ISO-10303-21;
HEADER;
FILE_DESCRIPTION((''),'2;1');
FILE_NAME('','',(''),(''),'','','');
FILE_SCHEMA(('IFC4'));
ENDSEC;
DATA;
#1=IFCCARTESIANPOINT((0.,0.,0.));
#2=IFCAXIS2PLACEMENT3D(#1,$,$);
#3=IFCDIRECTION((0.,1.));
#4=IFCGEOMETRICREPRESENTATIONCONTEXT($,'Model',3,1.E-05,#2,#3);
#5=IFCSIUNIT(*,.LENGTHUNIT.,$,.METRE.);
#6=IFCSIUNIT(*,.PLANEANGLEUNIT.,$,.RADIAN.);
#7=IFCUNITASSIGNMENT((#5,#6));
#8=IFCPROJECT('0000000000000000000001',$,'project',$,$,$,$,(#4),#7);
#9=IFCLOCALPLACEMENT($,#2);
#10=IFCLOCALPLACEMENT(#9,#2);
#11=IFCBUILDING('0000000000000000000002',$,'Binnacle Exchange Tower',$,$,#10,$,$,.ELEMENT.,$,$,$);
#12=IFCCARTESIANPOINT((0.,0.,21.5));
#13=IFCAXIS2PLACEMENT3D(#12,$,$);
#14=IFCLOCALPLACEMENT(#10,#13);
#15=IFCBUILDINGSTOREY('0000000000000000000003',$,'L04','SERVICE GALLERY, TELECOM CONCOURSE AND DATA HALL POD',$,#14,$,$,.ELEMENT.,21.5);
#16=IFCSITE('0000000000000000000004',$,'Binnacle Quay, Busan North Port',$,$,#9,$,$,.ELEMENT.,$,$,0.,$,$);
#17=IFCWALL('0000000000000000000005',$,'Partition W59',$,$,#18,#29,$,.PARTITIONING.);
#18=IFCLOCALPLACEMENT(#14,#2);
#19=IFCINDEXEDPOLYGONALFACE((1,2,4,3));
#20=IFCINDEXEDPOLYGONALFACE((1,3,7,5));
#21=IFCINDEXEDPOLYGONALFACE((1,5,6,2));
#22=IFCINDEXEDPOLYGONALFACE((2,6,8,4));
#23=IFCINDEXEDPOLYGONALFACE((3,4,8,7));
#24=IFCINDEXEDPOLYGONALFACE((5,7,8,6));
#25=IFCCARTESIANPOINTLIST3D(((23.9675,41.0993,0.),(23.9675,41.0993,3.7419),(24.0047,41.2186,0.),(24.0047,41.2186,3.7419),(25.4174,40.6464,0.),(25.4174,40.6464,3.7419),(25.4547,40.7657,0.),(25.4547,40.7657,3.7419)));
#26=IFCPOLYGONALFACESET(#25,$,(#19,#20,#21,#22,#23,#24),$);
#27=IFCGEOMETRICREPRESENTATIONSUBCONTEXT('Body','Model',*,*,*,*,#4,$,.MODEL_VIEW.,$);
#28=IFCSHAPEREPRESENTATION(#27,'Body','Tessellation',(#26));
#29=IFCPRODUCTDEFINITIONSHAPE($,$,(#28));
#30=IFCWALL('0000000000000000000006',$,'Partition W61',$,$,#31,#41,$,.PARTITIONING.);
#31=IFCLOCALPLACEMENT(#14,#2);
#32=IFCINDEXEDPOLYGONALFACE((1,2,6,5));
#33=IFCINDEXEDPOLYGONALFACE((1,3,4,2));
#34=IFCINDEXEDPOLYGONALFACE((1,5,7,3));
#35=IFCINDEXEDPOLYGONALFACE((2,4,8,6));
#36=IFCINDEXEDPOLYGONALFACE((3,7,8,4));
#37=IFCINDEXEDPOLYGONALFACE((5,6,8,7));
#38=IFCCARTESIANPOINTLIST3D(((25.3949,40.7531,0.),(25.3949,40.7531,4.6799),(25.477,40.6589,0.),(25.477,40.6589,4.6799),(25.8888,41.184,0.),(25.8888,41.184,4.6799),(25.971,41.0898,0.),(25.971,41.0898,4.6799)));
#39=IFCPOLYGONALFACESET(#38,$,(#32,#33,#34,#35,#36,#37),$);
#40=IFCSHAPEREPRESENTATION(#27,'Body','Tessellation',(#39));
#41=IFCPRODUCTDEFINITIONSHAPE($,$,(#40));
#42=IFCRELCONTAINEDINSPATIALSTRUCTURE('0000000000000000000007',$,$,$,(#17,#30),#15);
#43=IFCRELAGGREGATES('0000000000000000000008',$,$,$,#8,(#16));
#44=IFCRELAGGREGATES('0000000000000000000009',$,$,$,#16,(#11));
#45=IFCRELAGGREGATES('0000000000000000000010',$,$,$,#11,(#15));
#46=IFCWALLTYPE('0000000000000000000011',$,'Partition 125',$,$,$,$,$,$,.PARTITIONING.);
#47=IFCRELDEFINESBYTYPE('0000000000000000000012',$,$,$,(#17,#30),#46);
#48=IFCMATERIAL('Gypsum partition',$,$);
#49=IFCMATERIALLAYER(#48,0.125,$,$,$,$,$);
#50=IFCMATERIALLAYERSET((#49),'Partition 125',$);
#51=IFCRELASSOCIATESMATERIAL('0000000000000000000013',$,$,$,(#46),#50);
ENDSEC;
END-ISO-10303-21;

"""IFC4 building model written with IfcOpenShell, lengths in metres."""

from ifc_helpers import new_model, si_unit, direction, frame, frame_2d, origin, place, context, subcontext, project, spatial, rectangle, extrude, material, layer, layer_set, type_object, element, save


model = new_model("IFC4")

# Units and contexts
model_context = context("Model", 3, precision=1e-05, world=origin(), true_north=direction((0.0, 1.0)))
body_context = subcontext(model_context, "Body", "Model", "MODEL_VIEW")
ifc_project = project(units=[si_unit("LENGTHUNIT", "METRE"), si_unit("PLANEANGLEUNIT", "RADIAN")], contexts=[model_context])

# Site, building, storey
site_placement = place(None, origin())
site = spatial("IfcSite", under=ifc_project, at=site_placement, Name="Binnacle Quay, Busan North Port", CompositionType="ELEMENT", RefElevation=0.0)
building_placement = place(site_placement, origin())
building = spatial("IfcBuilding", under=site, at=building_placement, Name="Binnacle Exchange Tower", CompositionType="ELEMENT")
storey_placement = place(building_placement, frame((0.0, 0.0, 21.5)))
storey = spatial("IfcBuildingStorey", under=building, at=storey_placement, Name="L04", Description="SERVICE GALLERY, TELECOM CONCOURSE AND DATA HALL POD", CompositionType="ELEMENT", Elevation=21.5)

# Walls
ifc_material_1 = material(Name="Gypsum partition")
ifc_layer_1 = layer(ifc_material_1, 0.125)
ifc_layer_set_1 = layer_set([ifc_layer_1], Name="Partition 125")
wall_type_1 = type_object("IfcWallType", Name="Partition 125", PredefinedType="PARTITIONING", material=ifc_layer_set_1)
wall_1_placement = place(storey_placement, frame((23.9861, 41.1589, 0.0), z_axis=(0.0, 0.0, 1.0), x_axis=(0.954523, -0.298138, 0.0)))
element("IfcWall", 1, at=wall_1_placement, inside=storey, type_object=wall_type_1, Name="Partition W59", PredefinedType="PARTITIONING", context=body_context, shape_type="SweptSolid", body=[
    extrude(rectangle(XDim=1.519, YDim=0.125, at=frame_2d((0.7595, 0.0))), origin(), (0.0, 0.0, 1.0), 3.7419),
])
wall_2_placement = place(storey_placement, frame((25.436, 40.7061, 0.0), z_axis=(0.0, 0.0, 1.0), x_axis=(0.753522, 0.657423, 0.0)))
element("IfcWall", 2, at=wall_2_placement, inside=storey, type_object=wall_type_1, Name="Partition W61", PredefinedType="PARTITIONING", context=body_context, shape_type="SweptSolid", body=[
    extrude(rectangle(XDim=0.6555, YDim=0.125, at=frame_2d((0.3276, 0.0))), origin(), (0.0, 0.0, 1.0), 4.6799),
])

save(model, "model.ifc")
